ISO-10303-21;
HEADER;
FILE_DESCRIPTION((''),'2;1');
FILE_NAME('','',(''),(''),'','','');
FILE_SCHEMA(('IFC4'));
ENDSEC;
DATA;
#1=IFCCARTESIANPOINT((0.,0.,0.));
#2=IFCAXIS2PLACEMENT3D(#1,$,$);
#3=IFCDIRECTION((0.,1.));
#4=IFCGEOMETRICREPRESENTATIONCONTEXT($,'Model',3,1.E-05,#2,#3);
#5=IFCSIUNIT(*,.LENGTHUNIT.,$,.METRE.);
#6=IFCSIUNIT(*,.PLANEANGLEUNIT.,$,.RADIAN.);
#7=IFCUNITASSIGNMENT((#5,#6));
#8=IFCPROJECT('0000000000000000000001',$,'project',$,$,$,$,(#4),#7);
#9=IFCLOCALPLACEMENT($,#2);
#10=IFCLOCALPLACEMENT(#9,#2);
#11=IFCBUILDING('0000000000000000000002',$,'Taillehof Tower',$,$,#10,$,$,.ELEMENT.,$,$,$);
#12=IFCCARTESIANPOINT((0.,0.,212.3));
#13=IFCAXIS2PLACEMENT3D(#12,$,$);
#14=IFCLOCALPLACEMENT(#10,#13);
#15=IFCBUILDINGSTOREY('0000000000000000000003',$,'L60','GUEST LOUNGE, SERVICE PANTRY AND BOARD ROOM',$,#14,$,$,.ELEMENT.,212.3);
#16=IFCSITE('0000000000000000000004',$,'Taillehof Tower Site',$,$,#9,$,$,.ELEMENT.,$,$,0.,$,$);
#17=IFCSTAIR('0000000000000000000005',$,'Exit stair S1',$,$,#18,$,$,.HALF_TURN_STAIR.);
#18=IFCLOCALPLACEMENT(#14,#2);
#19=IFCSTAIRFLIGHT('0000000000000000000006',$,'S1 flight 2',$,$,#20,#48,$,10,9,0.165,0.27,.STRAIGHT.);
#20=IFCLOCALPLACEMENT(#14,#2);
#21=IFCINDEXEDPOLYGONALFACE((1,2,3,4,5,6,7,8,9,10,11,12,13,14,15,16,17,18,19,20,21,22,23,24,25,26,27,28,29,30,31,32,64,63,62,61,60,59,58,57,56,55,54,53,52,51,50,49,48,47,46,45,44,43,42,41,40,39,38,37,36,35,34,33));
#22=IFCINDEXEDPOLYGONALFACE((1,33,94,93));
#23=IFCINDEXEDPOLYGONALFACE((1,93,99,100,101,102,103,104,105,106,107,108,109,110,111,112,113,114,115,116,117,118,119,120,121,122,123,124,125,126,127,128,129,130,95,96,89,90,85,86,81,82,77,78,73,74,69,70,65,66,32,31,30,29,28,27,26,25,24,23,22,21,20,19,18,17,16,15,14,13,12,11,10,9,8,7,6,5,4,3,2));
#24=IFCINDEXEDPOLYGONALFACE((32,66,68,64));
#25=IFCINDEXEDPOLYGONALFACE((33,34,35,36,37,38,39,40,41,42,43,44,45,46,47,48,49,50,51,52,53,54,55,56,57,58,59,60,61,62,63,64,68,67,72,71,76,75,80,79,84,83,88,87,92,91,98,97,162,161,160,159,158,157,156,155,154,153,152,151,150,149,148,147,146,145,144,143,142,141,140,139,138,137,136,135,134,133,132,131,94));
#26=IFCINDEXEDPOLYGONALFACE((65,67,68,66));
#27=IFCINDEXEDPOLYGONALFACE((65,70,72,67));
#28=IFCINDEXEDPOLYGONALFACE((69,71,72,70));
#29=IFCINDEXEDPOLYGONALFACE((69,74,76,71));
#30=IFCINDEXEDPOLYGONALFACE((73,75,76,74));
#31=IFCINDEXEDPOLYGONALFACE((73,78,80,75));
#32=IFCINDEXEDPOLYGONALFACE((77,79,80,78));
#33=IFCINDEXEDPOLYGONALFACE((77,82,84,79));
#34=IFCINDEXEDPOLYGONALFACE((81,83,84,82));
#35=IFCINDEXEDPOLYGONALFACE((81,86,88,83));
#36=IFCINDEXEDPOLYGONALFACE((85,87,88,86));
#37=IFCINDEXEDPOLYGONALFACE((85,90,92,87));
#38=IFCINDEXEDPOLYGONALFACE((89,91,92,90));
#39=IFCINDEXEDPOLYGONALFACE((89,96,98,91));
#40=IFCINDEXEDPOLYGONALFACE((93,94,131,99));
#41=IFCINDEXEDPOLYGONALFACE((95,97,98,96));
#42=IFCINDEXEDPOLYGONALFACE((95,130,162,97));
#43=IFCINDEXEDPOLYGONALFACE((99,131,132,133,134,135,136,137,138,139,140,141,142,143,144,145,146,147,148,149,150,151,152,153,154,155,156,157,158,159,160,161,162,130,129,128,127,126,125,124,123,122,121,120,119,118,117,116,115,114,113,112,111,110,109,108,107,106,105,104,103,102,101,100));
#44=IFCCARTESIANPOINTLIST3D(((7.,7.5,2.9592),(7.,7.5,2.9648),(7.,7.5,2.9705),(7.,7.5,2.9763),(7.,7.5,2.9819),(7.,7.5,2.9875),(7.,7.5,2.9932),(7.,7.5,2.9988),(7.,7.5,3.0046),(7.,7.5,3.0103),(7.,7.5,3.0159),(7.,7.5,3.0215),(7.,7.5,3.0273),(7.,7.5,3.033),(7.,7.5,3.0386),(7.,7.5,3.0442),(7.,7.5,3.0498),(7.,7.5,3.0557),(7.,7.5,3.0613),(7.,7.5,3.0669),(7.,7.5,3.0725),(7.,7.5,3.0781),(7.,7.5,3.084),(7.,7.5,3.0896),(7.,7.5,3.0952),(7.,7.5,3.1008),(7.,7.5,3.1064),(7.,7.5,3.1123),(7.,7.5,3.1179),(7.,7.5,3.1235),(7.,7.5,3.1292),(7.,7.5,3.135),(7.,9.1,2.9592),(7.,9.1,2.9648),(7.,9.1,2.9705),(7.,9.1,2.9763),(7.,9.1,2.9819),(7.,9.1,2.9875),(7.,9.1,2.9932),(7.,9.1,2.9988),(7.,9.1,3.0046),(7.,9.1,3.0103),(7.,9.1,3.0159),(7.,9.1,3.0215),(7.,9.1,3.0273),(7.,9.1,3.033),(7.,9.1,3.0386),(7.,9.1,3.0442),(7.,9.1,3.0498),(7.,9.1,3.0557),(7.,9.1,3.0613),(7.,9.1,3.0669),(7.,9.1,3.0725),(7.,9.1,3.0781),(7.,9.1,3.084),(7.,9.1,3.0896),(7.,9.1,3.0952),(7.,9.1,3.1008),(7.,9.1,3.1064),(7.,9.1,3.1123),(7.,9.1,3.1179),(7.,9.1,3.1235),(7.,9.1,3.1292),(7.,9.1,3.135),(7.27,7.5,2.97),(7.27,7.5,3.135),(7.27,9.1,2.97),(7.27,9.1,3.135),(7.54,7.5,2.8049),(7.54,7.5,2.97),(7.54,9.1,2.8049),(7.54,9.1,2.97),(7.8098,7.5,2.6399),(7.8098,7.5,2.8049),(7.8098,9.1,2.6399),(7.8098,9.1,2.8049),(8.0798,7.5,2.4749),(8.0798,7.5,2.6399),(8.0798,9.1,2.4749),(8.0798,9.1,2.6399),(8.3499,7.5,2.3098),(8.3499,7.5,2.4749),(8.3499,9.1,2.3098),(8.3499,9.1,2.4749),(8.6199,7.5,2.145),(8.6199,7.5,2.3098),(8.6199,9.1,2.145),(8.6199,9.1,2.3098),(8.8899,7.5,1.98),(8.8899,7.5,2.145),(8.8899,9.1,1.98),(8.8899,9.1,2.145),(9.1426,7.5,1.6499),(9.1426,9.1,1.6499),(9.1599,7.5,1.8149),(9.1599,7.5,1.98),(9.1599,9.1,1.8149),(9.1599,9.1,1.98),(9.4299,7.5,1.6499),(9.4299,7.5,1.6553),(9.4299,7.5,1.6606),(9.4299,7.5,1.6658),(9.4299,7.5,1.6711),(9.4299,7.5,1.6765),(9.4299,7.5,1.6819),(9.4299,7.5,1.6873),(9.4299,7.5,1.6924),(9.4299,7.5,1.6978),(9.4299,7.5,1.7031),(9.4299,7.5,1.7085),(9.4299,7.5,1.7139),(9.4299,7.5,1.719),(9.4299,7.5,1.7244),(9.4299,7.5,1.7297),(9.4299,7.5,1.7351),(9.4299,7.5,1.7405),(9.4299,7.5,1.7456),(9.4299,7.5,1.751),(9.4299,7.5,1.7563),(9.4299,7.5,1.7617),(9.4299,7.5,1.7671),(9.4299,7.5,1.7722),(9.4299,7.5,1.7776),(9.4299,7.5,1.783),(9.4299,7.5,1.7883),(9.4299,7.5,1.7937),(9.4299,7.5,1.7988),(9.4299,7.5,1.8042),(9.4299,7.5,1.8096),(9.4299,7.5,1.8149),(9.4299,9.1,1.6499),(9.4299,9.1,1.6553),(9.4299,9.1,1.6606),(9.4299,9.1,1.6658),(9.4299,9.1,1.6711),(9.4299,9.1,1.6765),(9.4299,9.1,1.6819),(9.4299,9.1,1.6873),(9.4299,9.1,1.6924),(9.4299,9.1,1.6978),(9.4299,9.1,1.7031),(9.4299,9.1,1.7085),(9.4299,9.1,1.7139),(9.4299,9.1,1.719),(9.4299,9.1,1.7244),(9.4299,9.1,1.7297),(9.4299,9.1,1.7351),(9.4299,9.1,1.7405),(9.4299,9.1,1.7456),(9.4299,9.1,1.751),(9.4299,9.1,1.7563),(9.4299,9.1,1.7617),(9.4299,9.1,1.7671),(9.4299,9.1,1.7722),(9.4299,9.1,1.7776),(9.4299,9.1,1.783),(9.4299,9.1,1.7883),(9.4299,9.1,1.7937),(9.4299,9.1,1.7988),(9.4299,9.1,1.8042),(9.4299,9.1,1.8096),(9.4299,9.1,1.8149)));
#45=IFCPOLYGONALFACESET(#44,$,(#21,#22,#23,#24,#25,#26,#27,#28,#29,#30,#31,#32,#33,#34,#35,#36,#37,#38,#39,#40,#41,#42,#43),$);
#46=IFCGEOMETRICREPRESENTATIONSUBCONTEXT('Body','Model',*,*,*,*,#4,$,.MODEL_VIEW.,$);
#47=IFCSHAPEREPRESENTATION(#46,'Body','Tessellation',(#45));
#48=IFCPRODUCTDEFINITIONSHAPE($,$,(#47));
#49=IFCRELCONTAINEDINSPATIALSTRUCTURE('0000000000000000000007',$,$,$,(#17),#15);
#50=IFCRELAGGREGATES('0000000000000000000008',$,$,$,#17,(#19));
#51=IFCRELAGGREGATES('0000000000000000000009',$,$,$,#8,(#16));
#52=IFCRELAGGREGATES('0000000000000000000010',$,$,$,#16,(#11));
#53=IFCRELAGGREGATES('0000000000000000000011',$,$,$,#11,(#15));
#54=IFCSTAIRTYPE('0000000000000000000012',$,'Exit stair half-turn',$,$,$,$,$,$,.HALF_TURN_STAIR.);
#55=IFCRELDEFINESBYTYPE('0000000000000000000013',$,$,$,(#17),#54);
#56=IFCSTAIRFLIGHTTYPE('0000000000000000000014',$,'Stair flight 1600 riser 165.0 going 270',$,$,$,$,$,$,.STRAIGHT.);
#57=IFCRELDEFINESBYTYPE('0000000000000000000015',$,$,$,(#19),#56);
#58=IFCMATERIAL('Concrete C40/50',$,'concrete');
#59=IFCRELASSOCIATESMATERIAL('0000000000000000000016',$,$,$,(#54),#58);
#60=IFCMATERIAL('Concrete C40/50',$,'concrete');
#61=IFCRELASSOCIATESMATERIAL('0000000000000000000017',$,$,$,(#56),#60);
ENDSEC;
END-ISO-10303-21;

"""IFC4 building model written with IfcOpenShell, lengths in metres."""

from ifc_helpers import new_model, si_unit, direction, frame, origin, place, context, subcontext, project, spatial, polyline, outline, extrude, material, type_object, element, aggregate, save


model = new_model("IFC4")

# Units and contexts
model_context = context("Model", 3, precision=1e-05, world=origin(), true_north=direction((0.0, 1.0)))
body_context = subcontext(model_context, "Body", "Model", "MODEL_VIEW")
ifc_project = project(units=[si_unit("LENGTHUNIT", "METRE"), si_unit("PLANEANGLEUNIT", "RADIAN")], contexts=[model_context])

# Site, building, storey
site_placement = place(None, origin())
site = spatial("IfcSite", under=ifc_project, at=site_placement, Name="Taillehof Tower Site", CompositionType="ELEMENT", RefElevation=0.0)
building_placement = place(site_placement, origin())
building = spatial("IfcBuilding", under=site, at=building_placement, Name="Taillehof Tower", CompositionType="ELEMENT")
storey_placement = place(building_placement, frame((0.0, 0.0, 212.3)))
storey = spatial("IfcBuildingStorey", under=building, at=storey_placement, Name="L60", Description="GUEST LOUNGE, SERVICE PANTRY AND BOARD ROOM", CompositionType="ELEMENT", Elevation=212.3)

# Stair, stair flight
ifc_material_1 = material(Name="Concrete C40/50", Category="concrete")
stair_type = type_object("IfcStairType", Name="Exit stair half-turn", PredefinedType="HALF_TURN_STAIR", material=ifc_material_1)
stair_placement = place(storey_placement, origin())
stair = element("IfcStair", 1, at=stair_placement, inside=storey, type_object=stair_type, Name="Exit stair S1", PredefinedType="HALF_TURN_STAIR")
ifc_material_2 = material(Name="Concrete C40/50", Category="concrete")
stair_flight_type = type_object("IfcStairFlightType", Name="Stair flight 1600 riser 165.0 going 270", PredefinedType="STRAIGHT", material=ifc_material_2)
stair_flight_placement = place(storey_placement, frame((9.4299, 8.3, 1.6499), z_axis=(0.0, 0.0, 1.0), x_axis=(-1.0, 0.0, 0.0)))
stair_flight = element("IfcStairFlight", 2, at=stair_flight_placement, type_object=stair_flight_type, Name="S1 flight 2", NumberOfRisers=10, NumberOfTreads=9, PredefinedType="STRAIGHT", RiserHeight=0.165, TreadLength=0.27, context=body_context, shape_type="SweptSolid", body=[
    extrude(outline(polyline([(0.0, 0.0), (0.0, 0.0054), (0.0, 0.0107), (0.0, 0.0159), (0.0, 0.0212), (0.0, 0.0266), (0.0, 0.032), (0.0, 0.0374), (0.0, 0.0425), (0.0, 0.0479), (0.0, 0.0532), (0.0, 0.0586), (0.0, 0.064), (0.0, 0.0691), (0.0, 0.0745), (0.0, 0.0798), (0.0, 0.0852), (0.0, 0.0906), (0.0, 0.0957), (0.0, 0.1011), (0.0, 0.1064), (0.0, 0.1118), (0.0, 0.1172), (0.0, 0.1223), (0.0, 0.1277), (0.0, 0.1331), (0.0, 0.1384), (0.0, 0.1438), (0.0, 0.1489), (0.0, 0.1543), (0.0, 0.1597), (0.0, 0.165), (0.27, 0.165), (0.27, 0.3301), (0.54, 0.3301), (0.54, 0.4951), (0.8101, 0.4951), (0.8101, 0.6599), (1.0801, 0.6599), (1.0801, 0.825), (1.3501, 0.825), (1.3501, 0.99), (1.6201, 0.99), (1.6201, 1.155), (1.8899, 1.155), (1.8899, 1.3201), (2.1599, 1.3201), (2.1599, 1.4851), (2.4299, 1.4851), (2.4299, 1.4792), (2.4299, 1.4736), (2.4299, 1.468), (2.4299, 1.4624), (2.4299, 1.4565), (2.4299, 1.4509), (2.4299, 1.4453), (2.4299, 1.4397), (2.4299, 1.4341), (2.4299, 1.4282), (2.4299, 1.4226), (2.4299, 1.417), (2.4299, 1.4114), (2.4299, 1.4058), (2.4299, 1.3999), (2.4299, 1.3943), (2.4299, 1.3887), (2.4299, 1.3831), (2.4299, 1.3774), (2.4299, 1.3716), (2.4299, 1.366), (2.4299, 1.3604), (2.4299, 1.3547), (2.4299, 1.3489), (2.4299, 1.3433), (2.4299, 1.3376), (2.4299, 1.332), (2.4299, 1.3264), (2.4299, 1.3206), (2.4299, 1.3149), (2.4299, 1.3093), (0.2874, 0.0), (0.0, 0.0)])), frame((0.0, 0.8, 0.0), z_axis=(0.0, -1.0, 0.0), x_axis=(1.0, 0.0, 0.0)), (0.0, 0.0, 1.0), 1.6),
])
aggregate(stair, [stair_flight])

save(model, "model.ifc")
